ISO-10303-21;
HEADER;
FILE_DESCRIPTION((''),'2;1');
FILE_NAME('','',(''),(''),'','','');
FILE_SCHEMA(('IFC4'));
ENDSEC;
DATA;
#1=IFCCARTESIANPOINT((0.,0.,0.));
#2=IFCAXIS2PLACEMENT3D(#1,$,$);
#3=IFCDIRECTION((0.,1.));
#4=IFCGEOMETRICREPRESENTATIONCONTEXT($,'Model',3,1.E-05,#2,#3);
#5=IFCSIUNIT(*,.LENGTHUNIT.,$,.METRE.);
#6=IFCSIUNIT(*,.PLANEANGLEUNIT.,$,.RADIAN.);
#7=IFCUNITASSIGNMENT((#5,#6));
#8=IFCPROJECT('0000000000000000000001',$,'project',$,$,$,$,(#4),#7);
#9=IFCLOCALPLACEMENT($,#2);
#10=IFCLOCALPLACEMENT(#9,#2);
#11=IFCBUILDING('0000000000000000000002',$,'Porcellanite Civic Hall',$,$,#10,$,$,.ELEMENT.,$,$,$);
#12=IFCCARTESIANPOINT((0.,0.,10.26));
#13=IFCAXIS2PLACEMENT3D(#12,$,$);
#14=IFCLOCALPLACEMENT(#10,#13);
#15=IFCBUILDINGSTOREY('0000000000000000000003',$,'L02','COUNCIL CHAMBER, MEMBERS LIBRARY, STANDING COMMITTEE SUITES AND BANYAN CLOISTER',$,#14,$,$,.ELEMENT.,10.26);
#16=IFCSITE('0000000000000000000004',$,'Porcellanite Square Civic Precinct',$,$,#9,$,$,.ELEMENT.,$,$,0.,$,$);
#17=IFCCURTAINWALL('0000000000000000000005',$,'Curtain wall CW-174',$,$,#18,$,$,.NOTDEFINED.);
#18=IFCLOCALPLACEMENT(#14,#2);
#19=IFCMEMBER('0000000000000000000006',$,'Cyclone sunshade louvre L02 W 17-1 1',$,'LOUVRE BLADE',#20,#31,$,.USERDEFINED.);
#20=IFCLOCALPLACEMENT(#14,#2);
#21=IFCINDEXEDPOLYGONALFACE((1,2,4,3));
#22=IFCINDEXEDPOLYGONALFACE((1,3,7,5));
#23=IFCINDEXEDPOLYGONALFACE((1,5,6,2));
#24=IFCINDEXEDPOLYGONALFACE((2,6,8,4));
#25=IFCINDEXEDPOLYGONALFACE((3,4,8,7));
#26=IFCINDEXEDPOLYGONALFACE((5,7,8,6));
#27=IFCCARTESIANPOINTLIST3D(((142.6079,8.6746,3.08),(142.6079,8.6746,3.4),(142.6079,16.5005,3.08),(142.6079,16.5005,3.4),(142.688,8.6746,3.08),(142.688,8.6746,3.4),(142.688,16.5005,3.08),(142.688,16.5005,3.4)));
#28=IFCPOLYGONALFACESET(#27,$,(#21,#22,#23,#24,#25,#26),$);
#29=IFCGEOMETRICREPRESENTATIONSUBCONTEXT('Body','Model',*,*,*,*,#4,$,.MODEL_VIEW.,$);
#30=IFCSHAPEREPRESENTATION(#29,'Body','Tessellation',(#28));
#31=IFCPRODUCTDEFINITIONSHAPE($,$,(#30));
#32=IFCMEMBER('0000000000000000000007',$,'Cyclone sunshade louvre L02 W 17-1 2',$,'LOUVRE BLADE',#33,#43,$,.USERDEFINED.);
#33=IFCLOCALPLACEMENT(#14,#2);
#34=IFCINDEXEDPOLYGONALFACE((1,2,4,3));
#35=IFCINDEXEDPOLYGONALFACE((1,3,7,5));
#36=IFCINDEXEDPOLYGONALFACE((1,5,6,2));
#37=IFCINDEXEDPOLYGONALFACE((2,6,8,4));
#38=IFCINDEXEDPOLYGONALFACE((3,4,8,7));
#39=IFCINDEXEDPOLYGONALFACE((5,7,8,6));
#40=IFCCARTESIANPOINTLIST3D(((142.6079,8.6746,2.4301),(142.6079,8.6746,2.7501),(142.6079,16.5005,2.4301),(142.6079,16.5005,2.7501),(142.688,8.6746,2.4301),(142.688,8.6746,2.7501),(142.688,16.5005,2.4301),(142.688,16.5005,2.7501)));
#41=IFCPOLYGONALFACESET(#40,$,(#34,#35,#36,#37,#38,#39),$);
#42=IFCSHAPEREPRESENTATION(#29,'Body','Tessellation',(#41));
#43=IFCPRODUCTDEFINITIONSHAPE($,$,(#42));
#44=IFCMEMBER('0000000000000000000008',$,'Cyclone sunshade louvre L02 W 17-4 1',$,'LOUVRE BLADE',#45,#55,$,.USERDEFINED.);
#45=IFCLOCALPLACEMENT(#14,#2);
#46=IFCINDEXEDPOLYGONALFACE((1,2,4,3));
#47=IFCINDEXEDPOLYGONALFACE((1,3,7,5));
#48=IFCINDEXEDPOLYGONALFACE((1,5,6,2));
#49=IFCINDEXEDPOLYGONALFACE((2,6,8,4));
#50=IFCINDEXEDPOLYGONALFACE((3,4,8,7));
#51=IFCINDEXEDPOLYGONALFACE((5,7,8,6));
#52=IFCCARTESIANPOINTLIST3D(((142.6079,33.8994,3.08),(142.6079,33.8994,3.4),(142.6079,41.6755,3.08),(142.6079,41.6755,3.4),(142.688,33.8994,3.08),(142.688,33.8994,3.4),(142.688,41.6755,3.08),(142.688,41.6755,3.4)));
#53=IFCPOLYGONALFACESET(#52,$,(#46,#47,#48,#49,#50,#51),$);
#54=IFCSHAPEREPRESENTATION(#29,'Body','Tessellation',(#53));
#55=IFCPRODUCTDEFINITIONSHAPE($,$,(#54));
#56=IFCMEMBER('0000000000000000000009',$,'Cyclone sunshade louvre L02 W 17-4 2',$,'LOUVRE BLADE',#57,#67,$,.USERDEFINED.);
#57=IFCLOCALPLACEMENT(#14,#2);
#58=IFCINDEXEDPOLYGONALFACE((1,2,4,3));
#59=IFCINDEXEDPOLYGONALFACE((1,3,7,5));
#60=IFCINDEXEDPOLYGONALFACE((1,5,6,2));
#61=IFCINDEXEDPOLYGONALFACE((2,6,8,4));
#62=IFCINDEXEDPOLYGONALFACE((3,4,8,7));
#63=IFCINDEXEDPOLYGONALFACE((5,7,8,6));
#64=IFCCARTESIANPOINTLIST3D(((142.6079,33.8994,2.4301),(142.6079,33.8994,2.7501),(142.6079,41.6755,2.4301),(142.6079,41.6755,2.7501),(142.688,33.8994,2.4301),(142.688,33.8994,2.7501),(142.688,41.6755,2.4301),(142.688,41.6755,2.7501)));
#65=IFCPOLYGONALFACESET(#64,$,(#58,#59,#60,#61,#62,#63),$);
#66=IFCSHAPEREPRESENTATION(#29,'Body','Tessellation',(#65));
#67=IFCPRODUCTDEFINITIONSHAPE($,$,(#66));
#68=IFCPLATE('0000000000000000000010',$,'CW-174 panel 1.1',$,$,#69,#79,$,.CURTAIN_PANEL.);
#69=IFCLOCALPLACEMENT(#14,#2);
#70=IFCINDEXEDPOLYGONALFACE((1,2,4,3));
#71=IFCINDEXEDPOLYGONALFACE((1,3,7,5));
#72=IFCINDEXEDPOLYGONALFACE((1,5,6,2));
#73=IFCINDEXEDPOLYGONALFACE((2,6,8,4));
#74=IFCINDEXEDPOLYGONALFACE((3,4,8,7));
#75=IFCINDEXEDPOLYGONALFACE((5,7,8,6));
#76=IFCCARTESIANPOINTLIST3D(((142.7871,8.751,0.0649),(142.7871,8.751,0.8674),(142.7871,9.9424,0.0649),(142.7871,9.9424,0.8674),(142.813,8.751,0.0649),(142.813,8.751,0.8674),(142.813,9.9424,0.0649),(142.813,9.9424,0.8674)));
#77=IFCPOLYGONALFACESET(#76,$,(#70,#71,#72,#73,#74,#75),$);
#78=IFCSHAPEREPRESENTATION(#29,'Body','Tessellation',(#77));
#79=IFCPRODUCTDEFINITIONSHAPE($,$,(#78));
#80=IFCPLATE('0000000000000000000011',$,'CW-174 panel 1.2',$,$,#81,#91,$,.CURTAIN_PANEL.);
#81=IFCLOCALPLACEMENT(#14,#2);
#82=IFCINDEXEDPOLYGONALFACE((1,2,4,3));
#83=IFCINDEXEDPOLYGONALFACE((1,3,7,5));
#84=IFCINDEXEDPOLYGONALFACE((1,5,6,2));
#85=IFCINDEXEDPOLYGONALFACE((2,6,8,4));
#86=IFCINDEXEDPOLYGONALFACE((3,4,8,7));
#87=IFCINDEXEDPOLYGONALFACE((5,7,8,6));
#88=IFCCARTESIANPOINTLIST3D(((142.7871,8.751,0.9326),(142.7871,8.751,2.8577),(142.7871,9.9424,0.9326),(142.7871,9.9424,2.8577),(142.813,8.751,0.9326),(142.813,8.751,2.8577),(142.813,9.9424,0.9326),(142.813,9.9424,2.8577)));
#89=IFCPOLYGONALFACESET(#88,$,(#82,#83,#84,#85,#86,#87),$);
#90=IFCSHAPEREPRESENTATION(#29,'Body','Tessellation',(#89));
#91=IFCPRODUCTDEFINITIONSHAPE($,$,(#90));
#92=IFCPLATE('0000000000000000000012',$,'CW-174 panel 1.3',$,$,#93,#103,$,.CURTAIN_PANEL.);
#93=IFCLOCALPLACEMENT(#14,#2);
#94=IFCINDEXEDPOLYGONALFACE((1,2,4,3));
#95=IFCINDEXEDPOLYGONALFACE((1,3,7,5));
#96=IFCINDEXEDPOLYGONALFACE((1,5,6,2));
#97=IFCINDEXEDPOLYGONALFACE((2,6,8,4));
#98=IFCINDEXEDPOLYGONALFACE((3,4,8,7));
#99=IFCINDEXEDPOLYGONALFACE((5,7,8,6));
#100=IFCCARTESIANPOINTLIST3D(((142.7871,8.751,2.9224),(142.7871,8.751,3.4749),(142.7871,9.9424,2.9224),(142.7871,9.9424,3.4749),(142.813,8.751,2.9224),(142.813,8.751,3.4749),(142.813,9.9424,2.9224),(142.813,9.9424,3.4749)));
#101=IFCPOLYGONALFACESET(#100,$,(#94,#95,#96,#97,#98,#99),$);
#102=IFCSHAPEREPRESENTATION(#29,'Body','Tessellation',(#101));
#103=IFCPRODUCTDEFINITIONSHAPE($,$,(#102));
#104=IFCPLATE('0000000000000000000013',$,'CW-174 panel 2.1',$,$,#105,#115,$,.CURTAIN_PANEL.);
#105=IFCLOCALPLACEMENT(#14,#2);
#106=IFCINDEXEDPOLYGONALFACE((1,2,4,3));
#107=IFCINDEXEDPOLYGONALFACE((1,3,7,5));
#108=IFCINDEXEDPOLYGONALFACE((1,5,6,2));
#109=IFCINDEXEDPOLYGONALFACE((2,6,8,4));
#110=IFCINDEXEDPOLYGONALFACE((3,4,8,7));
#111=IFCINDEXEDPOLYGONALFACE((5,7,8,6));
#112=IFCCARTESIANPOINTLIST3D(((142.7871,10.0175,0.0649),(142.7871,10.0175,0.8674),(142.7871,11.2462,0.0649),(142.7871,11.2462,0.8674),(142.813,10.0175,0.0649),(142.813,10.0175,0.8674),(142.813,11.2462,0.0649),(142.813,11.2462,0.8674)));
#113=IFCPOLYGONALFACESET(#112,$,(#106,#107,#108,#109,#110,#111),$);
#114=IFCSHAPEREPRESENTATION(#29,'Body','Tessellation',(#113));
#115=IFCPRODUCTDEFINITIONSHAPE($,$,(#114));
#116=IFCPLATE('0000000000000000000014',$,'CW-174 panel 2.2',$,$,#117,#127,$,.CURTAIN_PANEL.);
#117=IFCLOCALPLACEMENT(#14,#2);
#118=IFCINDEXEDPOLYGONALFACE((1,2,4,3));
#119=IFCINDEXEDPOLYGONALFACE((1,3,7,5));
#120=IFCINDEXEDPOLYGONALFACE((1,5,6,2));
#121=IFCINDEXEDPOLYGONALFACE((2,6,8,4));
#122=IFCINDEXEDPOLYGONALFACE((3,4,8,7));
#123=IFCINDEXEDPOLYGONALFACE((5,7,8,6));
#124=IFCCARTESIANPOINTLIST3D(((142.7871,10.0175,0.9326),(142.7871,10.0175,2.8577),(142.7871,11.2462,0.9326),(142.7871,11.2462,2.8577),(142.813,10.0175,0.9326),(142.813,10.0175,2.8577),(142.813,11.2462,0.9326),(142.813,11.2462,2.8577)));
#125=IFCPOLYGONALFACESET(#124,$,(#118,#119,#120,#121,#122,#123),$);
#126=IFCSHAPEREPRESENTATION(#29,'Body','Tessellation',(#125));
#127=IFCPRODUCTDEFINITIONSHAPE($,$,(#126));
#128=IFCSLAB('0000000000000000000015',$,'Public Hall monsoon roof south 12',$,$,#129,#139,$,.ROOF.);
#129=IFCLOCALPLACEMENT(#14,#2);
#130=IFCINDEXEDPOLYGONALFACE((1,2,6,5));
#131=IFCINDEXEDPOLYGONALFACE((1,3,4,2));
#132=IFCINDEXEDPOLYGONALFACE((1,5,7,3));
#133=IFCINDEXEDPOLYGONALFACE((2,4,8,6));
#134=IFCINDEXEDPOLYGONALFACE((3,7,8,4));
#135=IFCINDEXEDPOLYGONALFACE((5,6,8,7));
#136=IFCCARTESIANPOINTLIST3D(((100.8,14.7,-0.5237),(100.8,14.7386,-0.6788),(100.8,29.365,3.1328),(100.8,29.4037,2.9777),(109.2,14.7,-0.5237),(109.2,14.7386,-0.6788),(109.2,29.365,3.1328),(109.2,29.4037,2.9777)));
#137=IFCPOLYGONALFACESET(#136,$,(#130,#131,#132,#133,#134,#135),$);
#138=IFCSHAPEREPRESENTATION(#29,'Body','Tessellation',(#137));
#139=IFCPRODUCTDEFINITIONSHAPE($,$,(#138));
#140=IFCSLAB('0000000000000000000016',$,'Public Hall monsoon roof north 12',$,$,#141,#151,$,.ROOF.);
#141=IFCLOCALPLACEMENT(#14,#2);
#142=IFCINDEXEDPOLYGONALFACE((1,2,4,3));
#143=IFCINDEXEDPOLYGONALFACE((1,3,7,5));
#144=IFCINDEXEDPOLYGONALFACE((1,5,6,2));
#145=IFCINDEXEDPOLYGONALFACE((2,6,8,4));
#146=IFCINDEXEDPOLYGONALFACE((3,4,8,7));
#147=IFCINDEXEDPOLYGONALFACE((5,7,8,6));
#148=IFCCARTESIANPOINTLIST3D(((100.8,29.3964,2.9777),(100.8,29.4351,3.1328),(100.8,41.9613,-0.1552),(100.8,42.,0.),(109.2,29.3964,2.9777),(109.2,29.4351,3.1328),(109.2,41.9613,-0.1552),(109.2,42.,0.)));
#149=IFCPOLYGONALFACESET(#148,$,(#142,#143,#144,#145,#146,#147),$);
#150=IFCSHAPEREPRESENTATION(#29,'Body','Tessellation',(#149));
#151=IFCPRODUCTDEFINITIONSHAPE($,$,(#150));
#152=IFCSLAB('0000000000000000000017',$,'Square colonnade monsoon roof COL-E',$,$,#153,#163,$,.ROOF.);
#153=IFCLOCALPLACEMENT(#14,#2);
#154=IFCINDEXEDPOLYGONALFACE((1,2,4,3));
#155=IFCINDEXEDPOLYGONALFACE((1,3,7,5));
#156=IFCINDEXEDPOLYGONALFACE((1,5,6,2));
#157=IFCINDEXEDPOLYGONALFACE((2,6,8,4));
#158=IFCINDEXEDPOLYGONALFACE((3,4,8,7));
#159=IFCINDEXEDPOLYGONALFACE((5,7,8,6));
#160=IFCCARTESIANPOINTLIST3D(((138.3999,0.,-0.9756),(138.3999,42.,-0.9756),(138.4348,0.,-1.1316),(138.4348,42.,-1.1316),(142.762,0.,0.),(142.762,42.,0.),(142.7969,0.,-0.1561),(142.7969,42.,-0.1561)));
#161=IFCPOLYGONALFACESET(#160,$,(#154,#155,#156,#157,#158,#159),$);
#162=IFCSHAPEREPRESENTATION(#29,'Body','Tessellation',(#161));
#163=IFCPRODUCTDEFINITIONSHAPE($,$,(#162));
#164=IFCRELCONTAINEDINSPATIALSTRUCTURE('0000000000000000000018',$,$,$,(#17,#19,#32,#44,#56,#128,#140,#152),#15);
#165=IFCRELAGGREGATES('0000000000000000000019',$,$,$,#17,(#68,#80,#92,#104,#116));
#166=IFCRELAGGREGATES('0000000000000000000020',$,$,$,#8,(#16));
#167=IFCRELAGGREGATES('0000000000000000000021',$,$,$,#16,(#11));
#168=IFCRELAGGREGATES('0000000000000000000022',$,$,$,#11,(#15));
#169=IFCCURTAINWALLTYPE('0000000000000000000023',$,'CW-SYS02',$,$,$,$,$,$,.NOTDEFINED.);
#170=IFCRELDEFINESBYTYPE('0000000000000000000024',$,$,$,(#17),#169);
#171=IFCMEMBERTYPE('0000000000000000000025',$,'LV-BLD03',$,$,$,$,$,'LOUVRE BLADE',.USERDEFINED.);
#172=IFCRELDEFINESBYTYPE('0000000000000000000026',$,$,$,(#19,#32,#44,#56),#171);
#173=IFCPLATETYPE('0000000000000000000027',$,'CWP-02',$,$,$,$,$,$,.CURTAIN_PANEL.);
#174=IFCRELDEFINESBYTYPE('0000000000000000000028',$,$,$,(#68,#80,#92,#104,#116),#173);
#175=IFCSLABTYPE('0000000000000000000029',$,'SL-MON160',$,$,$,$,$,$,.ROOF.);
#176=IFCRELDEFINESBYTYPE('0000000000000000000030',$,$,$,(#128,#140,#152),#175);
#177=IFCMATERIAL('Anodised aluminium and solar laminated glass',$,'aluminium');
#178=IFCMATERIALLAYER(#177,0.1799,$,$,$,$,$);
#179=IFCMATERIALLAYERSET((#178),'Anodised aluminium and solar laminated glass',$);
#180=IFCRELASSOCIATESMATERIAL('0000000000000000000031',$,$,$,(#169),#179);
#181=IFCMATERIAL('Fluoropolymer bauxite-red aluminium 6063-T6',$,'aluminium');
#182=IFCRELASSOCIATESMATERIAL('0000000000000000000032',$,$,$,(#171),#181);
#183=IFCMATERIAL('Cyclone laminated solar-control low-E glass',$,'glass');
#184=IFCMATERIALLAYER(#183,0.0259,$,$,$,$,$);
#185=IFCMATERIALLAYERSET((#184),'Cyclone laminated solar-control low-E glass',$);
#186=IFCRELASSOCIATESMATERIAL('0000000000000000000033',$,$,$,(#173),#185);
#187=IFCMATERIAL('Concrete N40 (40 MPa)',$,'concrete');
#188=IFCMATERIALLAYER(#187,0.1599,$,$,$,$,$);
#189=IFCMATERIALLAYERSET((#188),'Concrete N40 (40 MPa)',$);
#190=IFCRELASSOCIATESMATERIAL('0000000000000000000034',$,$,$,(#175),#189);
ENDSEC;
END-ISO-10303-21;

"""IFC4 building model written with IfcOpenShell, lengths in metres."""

from ifc_helpers import new_model, si_unit, direction, frame, origin, origin_2d, place, context, subcontext, project, spatial, polyline, rectangle, outline, extrude, material, layer, layer_set, material_profile, profile_set, type_object, element, aggregate, save


model = new_model("IFC4")

# Units and contexts
model_context = context("Model", 3, precision=1e-05, world=origin(), true_north=direction((0.0, 1.0)))
body_context = subcontext(model_context, "Body", "Model", "MODEL_VIEW")
ifc_project = project(units=[si_unit("LENGTHUNIT", "METRE"), si_unit("PLANEANGLEUNIT", "RADIAN")], contexts=[model_context])

# Site, building, storey
site_placement = place(None, origin())
site = spatial("IfcSite", under=ifc_project, at=site_placement, Name="Porcellanite Square Civic Precinct", CompositionType="ELEMENT", RefElevation=0.0)
building_placement = place(site_placement, origin())
building = spatial("IfcBuilding", under=site, at=building_placement, Name="Porcellanite Civic Hall", CompositionType="ELEMENT")
storey_placement = place(building_placement, frame((0.0, 0.0, 10.26)))
storey = spatial("IfcBuildingStorey", under=building, at=storey_placement, Name="L02", Description="COUNCIL CHAMBER, MEMBERS LIBRARY, STANDING COMMITTEE SUITES AND BANYAN CLOISTER", CompositionType="ELEMENT", Elevation=10.26)

# Curtain wall
ifc_material_1 = material(Name="Anodised aluminium and solar laminated glass", Category="aluminium")
ifc_layer_1 = layer(ifc_material_1, 0.1799)
ifc_layer_set_1 = layer_set([ifc_layer_1], Name="Anodised aluminium and solar laminated glass")
curtain_wall_type = type_object("IfcCurtainWallType", Name="CW-SYS02", PredefinedType="NOTDEFINED", material=ifc_layer_set_1)
curtain_wall_placement = place(storey_placement, origin())
curtain_wall = element("IfcCurtainWall", 1, at=curtain_wall_placement, inside=storey, type_object=curtain_wall_type, Name="Curtain wall CW-174", PredefinedType="NOTDEFINED")

# Members
ifc_material_2 = material(Name="Fluoropolymer bauxite-red aluminium 6063-T6", Category="aluminium")
ifc_material_profile_1 = material_profile(ifc_material_2, rectangle(XDim=0.0801, YDim=0.3201, at=origin_2d()), Name="AL-80x320")
ifc_profile_set_1 = profile_set([ifc_material_profile_1], Name="Fluoropolymer bauxite-red aluminium 6063-T6")
member_type_1 = type_object("IfcMemberType", Name="LV-BLD03", ElementType="LOUVRE BLADE", PredefinedType="USERDEFINED", material=ifc_profile_set_1)
for number, where, z_axis, x_axis, name in (
    (2, (142.6479, 8.6746, 3.24), (0.0, 1.0, 0.0), (-1.0, 0.0, 0.0), "Cyclone sunshade louvre L02 W 17-1 1"),
    (3, (142.6479, 8.6746, 2.5901), (0.0, 1.0, 0.0), (-1.0, 0.0, 0.0), "Cyclone sunshade louvre L02 W 17-1 2"),
):
    element("IfcMember", number, at=place(storey_placement, frame(where, z_axis=z_axis, x_axis=x_axis)), inside=storey, type_object=member_type_1, Name=name, ObjectType="LOUVRE BLADE", PredefinedType="USERDEFINED", context=body_context, shape_type="SweptSolid", body=[
        extrude(rectangle(XDim=0.0801, YDim=0.3201, at=origin_2d()), origin(), (0.0, 0.0, 1.0), 7.8259),
    ])
for number, where, z_axis, x_axis, name in (
    (4, (142.6479, 33.8994, 3.24), (0.0, 1.0, 0.0), (-1.0, 0.0, 0.0), "Cyclone sunshade louvre L02 W 17-4 1"),
    (5, (142.6479, 33.8994, 2.5901), (0.0, 1.0, 0.0), (-1.0, 0.0, 0.0), "Cyclone sunshade louvre L02 W 17-4 2"),
):
    element("IfcMember", number, at=place(storey_placement, frame(where, z_axis=z_axis, x_axis=x_axis)), inside=storey, type_object=member_type_1, Name=name, ObjectType="LOUVRE BLADE", PredefinedType="USERDEFINED", context=body_context, shape_type="SweptSolid", body=[
        extrude(rectangle(XDim=0.0801, YDim=0.3201, at=origin_2d()), origin(), (0.0, 0.0, 1.0), 7.7761),
    ])

# Plates
ifc_material_3 = material(Name="Cyclone laminated solar-control low-E glass", Category="glass")
ifc_layer_2 = layer(ifc_material_3, 0.0259)
ifc_layer_set_2 = layer_set([ifc_layer_2], Name="Cyclone laminated solar-control low-E glass")
plate_type = type_object("IfcPlateType", Name="CWP-02", PredefinedType="CURTAIN_PANEL", material=ifc_layer_set_2)
plate_1_placement = place(storey_placement, frame((142.8, 9.3467, 0.0649), z_axis=(0.0, 0.0, 1.0), x_axis=(0.0, 1.0, 0.0)))
plate_1 = element("IfcPlate", 6, at=plate_1_placement, type_object=plate_type, Name="CW-174 panel 1.1", PredefinedType="CURTAIN_PANEL", context=body_context, shape_type="SweptSolid", body=[
    extrude(rectangle(XDim=1.1914, YDim=0.0259, at=origin_2d()), origin(), (0.0, 0.0, 1.0), 0.8025),
])
plate_2_placement = place(storey_placement, frame((142.8, 9.3467, 0.9326), z_axis=(0.0, 0.0, 1.0), x_axis=(0.0, 1.0, 0.0)))
plate_2 = element("IfcPlate", 7, at=plate_2_placement, type_object=plate_type, Name="CW-174 panel 1.2", PredefinedType="CURTAIN_PANEL", context=body_context, shape_type="SweptSolid", body=[
    extrude(rectangle(XDim=1.1914, YDim=0.0259, at=origin_2d()), origin(), (0.0, 0.0, 1.0), 1.925),
])
plate_3_placement = place(storey_placement, frame((142.8, 9.3467, 2.9224), z_axis=(0.0, 0.0, 1.0), x_axis=(0.0, 1.0, 0.0)))
plate_3 = element("IfcPlate", 8, at=plate_3_placement, type_object=plate_type, Name="CW-174 panel 1.3", PredefinedType="CURTAIN_PANEL", context=body_context, shape_type="SweptSolid", body=[
    extrude(rectangle(XDim=1.1914, YDim=0.0259, at=origin_2d()), origin(), (0.0, 0.0, 1.0), 0.5525),
])
plate_4_placement = place(storey_placement, frame((142.8, 10.6318, 0.0649), z_axis=(0.0, 0.0, 1.0), x_axis=(0.0, 1.0, 0.0)))
plate_4 = element("IfcPlate", 9, at=plate_4_placement, type_object=plate_type, Name="CW-174 panel 2.1", PredefinedType="CURTAIN_PANEL", context=body_context, shape_type="SweptSolid", body=[
    extrude(rectangle(XDim=1.2288, YDim=0.0259, at=origin_2d()), origin(), (0.0, 0.0, 1.0), 0.8025),
])
plate_5_placement = place(storey_placement, frame((142.8, 10.6318, 0.9326), z_axis=(0.0, 0.0, 1.0), x_axis=(0.0, 1.0, 0.0)))
plate_5 = element("IfcPlate", 10, at=plate_5_placement, type_object=plate_type, Name="CW-174 panel 2.2", PredefinedType="CURTAIN_PANEL", context=body_context, shape_type="SweptSolid", body=[
    extrude(rectangle(XDim=1.2288, YDim=0.0259, at=origin_2d()), origin(), (0.0, 0.0, 1.0), 1.925),
])
aggregate(curtain_wall, [plate_1, plate_2, plate_3, plate_4, plate_5])

# Slabs
ifc_material_4 = material(Name="Concrete N40 (40 MPa)", Category="concrete")
ifc_layer_3 = layer(ifc_material_4, 0.1599)
ifc_layer_set_3 = layer_set([ifc_layer_3], Name="Concrete N40 (40 MPa)")
slab_type = type_object("IfcSlabType", Name="SL-MON160", PredefinedType="ROOF", material=ifc_layer_set_3)
slab_1_placement = place(storey_placement, frame((100.8, 14.7, -0.5237), z_axis=(0.0, -0.241927, 0.970294), x_axis=(1.0, 0.0, 0.0)))
element("IfcSlab", 11, at=slab_1_placement, inside=storey, type_object=slab_type, Name="Public Hall monsoon roof south 12", PredefinedType="ROOF", context=body_context, shape_type="SweptSolid", body=[
    extrude(outline(polyline([(0.0, 0.0), (8.3999, 0.0), (8.3999, 15.114), (0.0, 15.114), (0.0, 0.0)])), origin(), (0.0, 0.0, -1.0), 0.1599),
])
slab_2_placement = place(storey_placement, frame((100.8, 29.4351, 3.1328), z_axis=(0.0, 0.241923, 0.970295), x_axis=(1.0, 0.0, 0.0)))
element("IfcSlab", 12, at=slab_2_placement, inside=storey, type_object=slab_type, Name="Public Hall monsoon roof north 12", PredefinedType="ROOF", context=body_context, shape_type="SweptSolid", body=[
    extrude(outline(polyline([(0.0, 0.0), (8.3999, 0.0), (8.3999, 12.9496), (0.0, 12.9496), (0.0, 0.0)])), origin(), (0.0, 0.0, -1.0), 0.1599),
])
slab_3_placement = place(storey_placement, frame((138.3999, 0.0, -0.9756), z_axis=(-0.21826, 0.0, 0.975891), x_axis=(0.975891, 0.0, 0.21826)))
element("IfcSlab", 13, at=slab_3_placement, inside=storey, type_object=slab_type, Name="Square colonnade monsoon roof COL-E", PredefinedType="ROOF", context=body_context, shape_type="SweptSolid", body=[
    extrude(outline(polyline([(0.0, 0.0), (4.4698, 0.0), (4.4698, 42.0), (0.0, 42.0), (0.0, 0.0)])), origin(), (0.0, 0.0, -1.0), 0.1599),
])

save(model, "model.ifc")
